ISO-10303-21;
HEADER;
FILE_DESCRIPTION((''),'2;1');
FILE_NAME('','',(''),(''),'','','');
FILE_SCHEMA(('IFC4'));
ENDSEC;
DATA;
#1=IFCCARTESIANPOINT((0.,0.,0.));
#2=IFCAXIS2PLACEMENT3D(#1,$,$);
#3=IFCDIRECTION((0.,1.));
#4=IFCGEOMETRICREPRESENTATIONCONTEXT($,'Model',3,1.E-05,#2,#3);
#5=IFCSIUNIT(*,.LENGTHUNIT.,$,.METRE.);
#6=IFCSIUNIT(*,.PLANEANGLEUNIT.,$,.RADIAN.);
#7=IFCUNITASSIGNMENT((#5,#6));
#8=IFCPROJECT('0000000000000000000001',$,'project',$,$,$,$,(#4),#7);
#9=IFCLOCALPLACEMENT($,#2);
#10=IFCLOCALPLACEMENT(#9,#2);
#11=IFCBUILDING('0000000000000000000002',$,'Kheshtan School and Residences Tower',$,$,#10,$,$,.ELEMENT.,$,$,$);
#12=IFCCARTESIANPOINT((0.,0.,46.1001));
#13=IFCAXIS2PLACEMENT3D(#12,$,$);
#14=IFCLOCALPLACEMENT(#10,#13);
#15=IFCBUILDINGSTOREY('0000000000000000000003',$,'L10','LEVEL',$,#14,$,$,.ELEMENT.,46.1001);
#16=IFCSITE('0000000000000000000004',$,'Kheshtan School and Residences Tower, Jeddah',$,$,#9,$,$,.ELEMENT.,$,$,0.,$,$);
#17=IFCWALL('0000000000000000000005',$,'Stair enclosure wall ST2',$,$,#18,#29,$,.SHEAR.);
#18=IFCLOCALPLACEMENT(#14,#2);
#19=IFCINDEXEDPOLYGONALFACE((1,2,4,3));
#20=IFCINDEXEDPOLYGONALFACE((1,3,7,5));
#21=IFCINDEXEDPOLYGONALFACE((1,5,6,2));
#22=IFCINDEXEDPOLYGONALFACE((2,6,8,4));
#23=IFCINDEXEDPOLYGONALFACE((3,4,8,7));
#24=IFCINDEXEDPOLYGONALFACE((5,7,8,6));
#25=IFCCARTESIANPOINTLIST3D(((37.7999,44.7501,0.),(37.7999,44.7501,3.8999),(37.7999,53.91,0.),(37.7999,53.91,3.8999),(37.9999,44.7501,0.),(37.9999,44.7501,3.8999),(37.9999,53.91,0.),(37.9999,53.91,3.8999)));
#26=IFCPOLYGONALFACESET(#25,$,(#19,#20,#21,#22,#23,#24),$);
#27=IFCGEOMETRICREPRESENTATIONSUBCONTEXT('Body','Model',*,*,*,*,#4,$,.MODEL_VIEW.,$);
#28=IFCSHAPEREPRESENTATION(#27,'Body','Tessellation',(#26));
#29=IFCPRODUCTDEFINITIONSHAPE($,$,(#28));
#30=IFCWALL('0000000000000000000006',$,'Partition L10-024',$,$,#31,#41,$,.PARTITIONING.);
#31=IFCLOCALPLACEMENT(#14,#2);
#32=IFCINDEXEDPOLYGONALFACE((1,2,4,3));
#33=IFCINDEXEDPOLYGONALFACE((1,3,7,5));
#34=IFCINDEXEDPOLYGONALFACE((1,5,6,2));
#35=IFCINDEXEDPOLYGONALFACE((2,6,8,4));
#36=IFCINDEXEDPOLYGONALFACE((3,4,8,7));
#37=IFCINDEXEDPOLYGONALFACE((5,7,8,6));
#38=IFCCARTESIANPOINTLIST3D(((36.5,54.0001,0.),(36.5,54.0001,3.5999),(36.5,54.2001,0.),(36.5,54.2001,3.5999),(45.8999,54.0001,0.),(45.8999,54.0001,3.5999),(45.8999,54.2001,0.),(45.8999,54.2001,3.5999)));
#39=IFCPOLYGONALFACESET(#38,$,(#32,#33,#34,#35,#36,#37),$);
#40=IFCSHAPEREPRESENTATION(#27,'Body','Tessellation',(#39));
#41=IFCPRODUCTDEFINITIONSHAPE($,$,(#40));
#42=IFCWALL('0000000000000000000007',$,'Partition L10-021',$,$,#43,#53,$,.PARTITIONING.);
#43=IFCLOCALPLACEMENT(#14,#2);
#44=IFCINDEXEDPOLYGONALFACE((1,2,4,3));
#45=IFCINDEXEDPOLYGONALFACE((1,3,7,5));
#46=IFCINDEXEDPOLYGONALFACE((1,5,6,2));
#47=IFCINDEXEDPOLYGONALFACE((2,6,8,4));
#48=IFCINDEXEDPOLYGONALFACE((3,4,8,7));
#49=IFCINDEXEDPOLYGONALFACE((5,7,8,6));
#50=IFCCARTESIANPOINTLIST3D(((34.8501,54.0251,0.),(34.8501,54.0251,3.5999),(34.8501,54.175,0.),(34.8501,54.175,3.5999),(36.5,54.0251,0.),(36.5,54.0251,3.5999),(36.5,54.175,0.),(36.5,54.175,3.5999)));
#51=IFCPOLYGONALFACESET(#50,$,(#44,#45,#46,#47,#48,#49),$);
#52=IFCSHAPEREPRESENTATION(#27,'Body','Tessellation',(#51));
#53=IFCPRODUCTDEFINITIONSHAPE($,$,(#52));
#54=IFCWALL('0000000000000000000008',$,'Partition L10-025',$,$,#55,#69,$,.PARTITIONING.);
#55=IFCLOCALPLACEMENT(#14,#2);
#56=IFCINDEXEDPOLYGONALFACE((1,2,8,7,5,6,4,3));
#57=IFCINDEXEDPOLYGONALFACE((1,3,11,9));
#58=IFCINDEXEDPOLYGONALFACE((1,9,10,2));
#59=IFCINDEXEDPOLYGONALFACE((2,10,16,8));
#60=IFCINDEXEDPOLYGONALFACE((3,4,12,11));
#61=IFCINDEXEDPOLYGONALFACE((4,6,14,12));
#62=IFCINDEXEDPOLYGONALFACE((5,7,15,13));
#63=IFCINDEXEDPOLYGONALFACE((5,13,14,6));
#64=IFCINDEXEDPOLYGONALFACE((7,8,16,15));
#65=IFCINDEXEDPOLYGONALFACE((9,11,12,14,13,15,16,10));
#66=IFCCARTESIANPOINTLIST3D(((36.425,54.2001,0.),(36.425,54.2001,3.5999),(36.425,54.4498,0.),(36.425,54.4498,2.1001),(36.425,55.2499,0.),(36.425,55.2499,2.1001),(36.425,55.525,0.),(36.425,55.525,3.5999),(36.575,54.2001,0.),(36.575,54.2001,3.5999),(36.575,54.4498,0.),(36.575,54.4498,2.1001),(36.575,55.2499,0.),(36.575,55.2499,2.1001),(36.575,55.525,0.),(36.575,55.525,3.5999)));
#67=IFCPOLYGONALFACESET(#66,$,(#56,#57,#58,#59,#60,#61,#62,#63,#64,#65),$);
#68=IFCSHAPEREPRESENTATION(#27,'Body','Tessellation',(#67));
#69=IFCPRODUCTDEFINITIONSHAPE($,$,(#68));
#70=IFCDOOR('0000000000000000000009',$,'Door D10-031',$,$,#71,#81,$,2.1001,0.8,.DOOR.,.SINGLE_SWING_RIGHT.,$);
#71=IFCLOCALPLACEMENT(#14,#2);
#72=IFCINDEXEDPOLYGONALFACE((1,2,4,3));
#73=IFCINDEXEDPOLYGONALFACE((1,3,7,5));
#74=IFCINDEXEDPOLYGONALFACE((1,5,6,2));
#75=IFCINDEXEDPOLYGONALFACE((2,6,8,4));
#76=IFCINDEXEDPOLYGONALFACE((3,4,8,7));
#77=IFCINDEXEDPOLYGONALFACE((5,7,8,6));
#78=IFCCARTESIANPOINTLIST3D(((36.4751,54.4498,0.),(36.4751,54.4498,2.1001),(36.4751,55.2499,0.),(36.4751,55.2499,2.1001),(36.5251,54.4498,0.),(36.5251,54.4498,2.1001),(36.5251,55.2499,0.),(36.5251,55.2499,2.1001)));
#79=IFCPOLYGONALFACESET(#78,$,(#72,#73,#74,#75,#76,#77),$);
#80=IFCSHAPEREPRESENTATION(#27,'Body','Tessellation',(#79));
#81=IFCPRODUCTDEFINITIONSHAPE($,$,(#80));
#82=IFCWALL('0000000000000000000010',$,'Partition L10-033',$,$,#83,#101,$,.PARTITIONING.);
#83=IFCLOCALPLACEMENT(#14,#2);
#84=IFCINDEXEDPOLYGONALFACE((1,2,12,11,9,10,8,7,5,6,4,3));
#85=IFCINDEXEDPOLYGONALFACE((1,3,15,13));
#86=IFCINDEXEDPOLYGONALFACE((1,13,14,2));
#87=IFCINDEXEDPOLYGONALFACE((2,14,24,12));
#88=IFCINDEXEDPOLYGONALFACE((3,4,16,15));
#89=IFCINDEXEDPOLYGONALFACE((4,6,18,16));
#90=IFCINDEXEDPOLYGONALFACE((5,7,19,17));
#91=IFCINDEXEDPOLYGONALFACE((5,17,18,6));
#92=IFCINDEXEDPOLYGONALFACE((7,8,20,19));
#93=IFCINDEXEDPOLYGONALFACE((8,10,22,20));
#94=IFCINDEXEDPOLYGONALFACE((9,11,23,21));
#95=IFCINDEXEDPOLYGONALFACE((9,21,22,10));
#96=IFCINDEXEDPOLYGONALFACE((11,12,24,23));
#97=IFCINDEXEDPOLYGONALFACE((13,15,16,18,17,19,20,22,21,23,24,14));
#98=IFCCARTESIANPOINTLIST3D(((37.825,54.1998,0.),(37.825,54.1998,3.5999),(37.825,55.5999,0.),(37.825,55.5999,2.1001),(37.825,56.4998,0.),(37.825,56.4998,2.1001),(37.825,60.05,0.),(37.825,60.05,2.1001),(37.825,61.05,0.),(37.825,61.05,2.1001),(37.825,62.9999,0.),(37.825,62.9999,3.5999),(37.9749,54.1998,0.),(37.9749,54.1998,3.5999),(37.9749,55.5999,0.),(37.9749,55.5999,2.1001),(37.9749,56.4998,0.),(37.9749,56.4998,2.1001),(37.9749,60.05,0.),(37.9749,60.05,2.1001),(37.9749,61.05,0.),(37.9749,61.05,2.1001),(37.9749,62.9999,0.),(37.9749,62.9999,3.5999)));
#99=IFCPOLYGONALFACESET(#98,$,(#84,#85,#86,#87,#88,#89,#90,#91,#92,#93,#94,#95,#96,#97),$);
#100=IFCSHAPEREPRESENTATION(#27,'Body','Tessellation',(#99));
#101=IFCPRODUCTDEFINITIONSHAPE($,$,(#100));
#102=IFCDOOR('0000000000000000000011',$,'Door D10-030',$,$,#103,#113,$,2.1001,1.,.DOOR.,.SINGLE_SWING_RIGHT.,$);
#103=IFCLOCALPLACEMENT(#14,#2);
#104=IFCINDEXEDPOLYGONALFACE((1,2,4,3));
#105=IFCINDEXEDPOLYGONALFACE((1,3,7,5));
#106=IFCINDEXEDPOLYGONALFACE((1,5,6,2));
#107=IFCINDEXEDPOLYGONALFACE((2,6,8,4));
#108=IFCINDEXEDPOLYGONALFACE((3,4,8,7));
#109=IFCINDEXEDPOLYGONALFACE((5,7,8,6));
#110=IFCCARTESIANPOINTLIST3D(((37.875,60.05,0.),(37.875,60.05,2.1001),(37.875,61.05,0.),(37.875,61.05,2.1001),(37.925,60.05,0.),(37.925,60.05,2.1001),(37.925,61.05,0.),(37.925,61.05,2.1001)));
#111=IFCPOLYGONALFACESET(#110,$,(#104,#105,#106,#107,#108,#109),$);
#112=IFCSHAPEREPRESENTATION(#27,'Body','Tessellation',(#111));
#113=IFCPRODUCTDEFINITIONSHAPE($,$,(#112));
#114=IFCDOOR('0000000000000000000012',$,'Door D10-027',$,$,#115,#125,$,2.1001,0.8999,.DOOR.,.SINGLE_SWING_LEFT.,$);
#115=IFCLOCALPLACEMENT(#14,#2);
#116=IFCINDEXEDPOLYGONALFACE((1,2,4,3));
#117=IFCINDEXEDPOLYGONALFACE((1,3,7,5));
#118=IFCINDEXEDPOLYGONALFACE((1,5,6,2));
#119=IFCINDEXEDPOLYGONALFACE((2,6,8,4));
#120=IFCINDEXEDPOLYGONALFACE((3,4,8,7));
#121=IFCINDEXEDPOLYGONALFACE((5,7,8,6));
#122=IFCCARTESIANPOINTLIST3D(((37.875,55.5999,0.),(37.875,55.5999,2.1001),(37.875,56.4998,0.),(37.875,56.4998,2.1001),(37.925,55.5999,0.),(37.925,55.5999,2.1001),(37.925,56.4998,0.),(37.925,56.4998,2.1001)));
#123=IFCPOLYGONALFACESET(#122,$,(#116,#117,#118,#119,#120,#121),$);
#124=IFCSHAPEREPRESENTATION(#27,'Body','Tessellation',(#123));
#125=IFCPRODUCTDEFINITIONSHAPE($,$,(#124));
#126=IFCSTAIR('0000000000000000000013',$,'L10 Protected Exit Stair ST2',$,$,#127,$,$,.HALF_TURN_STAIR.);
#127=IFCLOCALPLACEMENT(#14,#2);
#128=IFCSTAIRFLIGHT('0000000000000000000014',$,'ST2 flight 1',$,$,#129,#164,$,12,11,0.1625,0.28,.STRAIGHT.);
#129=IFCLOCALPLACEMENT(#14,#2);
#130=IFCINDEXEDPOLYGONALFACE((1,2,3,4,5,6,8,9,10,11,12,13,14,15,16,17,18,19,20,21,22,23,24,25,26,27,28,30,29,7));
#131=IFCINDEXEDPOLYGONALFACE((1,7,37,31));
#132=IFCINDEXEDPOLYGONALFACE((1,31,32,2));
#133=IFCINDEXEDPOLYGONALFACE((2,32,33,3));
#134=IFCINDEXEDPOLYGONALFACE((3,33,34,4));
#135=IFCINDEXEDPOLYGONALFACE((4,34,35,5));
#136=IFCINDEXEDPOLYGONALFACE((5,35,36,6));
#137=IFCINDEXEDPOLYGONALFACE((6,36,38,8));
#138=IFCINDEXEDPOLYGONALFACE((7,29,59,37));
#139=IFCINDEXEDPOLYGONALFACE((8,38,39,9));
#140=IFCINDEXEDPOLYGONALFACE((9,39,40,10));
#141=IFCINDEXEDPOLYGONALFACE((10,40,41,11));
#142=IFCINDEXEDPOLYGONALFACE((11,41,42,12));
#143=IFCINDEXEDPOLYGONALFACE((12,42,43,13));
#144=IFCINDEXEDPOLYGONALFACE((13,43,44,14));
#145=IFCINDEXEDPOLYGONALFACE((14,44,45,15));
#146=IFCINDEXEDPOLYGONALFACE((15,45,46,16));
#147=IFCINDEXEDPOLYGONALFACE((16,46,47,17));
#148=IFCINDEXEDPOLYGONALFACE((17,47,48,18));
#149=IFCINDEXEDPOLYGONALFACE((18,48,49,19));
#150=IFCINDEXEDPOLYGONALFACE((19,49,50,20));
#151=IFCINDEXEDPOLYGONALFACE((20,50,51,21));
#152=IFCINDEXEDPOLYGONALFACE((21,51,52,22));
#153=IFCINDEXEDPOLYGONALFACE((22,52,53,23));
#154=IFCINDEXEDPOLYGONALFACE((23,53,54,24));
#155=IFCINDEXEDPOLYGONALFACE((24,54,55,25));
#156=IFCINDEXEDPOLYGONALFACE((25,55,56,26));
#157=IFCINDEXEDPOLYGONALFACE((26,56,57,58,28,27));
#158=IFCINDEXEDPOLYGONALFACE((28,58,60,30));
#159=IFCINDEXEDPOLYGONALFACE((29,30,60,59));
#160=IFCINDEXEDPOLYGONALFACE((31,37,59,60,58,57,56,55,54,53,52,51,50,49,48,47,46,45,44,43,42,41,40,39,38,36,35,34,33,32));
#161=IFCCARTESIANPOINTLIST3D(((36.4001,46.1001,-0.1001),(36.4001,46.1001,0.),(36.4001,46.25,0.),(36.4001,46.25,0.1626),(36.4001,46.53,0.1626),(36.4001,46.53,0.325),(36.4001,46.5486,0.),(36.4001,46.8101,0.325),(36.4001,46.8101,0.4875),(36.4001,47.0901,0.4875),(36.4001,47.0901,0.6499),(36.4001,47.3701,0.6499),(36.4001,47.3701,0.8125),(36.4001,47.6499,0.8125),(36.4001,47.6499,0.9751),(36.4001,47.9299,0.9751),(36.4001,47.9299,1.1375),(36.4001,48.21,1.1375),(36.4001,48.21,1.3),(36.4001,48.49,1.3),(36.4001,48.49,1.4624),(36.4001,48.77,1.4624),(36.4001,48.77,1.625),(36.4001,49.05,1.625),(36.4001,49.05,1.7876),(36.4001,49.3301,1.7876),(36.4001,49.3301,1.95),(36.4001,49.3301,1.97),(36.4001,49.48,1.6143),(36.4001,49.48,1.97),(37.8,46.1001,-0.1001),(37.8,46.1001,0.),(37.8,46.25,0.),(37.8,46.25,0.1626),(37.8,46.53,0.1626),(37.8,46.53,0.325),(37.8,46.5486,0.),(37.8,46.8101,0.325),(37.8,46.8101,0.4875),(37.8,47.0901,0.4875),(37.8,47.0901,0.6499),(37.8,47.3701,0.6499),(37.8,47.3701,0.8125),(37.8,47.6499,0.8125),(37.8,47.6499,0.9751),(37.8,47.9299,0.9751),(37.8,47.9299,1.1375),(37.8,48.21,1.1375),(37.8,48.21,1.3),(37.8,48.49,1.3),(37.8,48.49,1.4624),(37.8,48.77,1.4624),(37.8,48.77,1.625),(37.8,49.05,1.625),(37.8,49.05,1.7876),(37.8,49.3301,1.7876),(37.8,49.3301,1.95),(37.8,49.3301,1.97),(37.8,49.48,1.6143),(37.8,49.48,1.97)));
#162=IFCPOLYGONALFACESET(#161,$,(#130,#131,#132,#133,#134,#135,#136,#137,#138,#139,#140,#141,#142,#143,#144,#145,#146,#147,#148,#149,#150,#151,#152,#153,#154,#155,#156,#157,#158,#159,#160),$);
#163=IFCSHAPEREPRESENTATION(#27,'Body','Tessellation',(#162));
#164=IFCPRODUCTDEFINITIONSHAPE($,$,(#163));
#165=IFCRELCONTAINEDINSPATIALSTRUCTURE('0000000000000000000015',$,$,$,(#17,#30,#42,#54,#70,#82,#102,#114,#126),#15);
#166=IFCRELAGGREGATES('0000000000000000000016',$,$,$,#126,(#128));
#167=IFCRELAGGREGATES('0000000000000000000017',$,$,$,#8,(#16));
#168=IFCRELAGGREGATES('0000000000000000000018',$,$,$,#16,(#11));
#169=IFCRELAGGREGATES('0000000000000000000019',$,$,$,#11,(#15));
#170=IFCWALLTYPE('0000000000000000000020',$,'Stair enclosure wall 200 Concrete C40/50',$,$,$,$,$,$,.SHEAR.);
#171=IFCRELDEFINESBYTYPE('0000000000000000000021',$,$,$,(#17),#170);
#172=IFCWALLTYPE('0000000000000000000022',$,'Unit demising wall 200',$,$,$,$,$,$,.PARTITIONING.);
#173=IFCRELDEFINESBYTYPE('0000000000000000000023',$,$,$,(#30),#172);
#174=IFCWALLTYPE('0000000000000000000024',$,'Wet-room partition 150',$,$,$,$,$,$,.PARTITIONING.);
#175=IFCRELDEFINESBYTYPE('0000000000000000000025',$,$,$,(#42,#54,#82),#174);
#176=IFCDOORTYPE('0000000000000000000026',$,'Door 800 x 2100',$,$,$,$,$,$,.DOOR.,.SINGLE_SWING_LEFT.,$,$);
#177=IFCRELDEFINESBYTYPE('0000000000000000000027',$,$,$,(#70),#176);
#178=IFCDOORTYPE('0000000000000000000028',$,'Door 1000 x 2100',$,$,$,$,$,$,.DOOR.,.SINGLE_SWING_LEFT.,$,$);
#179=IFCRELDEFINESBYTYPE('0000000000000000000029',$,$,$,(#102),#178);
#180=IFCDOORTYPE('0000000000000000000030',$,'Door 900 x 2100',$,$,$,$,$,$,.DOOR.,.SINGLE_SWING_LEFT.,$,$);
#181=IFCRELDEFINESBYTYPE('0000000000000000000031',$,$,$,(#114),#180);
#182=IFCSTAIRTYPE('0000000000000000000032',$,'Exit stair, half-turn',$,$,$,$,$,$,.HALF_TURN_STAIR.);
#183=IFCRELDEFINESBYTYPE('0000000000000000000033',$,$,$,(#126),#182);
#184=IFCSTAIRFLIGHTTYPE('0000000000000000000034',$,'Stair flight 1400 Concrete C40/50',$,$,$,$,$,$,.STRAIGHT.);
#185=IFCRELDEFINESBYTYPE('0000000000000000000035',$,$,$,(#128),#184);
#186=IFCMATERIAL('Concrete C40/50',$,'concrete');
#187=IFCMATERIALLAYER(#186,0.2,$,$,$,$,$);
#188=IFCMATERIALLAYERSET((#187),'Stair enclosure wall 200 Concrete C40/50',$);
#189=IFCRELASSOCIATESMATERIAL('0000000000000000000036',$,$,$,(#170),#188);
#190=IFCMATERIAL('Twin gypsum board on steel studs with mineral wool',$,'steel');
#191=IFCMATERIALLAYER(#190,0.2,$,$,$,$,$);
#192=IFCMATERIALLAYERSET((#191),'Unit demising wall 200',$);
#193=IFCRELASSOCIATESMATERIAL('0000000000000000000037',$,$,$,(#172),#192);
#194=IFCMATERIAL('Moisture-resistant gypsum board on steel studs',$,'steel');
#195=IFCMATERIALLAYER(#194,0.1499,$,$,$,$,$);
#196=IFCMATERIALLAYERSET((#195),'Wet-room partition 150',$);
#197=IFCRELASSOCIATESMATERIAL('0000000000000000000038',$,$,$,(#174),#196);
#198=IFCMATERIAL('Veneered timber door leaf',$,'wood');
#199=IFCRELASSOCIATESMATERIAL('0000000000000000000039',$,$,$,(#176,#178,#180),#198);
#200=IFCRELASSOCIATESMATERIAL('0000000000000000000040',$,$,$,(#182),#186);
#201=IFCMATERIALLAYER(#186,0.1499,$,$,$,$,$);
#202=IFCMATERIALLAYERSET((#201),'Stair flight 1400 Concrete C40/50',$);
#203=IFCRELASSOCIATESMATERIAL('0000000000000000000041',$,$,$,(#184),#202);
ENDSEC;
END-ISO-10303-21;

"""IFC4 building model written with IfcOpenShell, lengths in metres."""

from ifc_helpers import new_model, si_unit, direction, frame, frame_2d, origin, place, context, subcontext, project, spatial, polyline, rectangle, outline, extrude, source, transform, mapped, material, layer, layer_set, type_object, element, fill, aggregate, save


model = new_model("IFC4")

# Units and contexts
model_context = context("Model", 3, precision=1e-05, world=origin(), true_north=direction((0.0, 1.0)))
body_context = subcontext(model_context, "Body", "Model", "MODEL_VIEW")
ifc_project = project(units=[si_unit("LENGTHUNIT", "METRE"), si_unit("PLANEANGLEUNIT", "RADIAN")], contexts=[model_context])

# Site, building, storey
site_placement = place(None, origin())
site = spatial("IfcSite", under=ifc_project, at=site_placement, Name="Kheshtan School and Residences Tower, Jeddah", CompositionType="ELEMENT", RefElevation=0.0)
building_placement = place(site_placement, origin())
building = spatial("IfcBuilding", under=site, at=building_placement, Name="Kheshtan School and Residences Tower", CompositionType="ELEMENT")
storey_placement = place(building_placement, frame((0.0, 0.0, 46.1001)))
storey = spatial("IfcBuildingStorey", under=building, at=storey_placement, Name="L10", Description="LEVEL", CompositionType="ELEMENT", Elevation=46.1001)

# Walls
ifc_material_1 = material(Name="Concrete C40/50", Category="concrete")
ifc_layer_1 = layer(ifc_material_1, 0.2)
ifc_layer_set_1 = layer_set([ifc_layer_1], Name="Stair enclosure wall 200 Concrete C40/50")
wall_type_1 = type_object("IfcWallType", Name="Stair enclosure wall 200 Concrete C40/50", PredefinedType="SHEAR", material=ifc_layer_set_1)
wall_1_placement = place(storey_placement, frame((37.8999, 44.75, 0.0), z_axis=(0.0, 0.0, 1.0), x_axis=(0.0, 1.0, 0.0)))
element("IfcWall", 1, at=wall_1_placement, inside=storey, type_object=wall_type_1, Name="Stair enclosure wall ST2", PredefinedType="SHEAR", context=body_context, shape_type="SweptSolid", body=[
    extrude(rectangle(XDim=9.1599, YDim=0.2, at=frame_2d((4.5801, 0.0))), origin(), (0.0, 0.0, 1.0), 3.8999),
])
ifc_material_2 = material(Name="Twin gypsum board on steel studs with mineral wool", Category="steel")
ifc_layer_2 = layer(ifc_material_2, 0.2)
ifc_layer_set_2 = layer_set([ifc_layer_2], Name="Unit demising wall 200")
wall_type_2 = type_object("IfcWallType", Name="Unit demising wall 200", PredefinedType="PARTITIONING", material=ifc_layer_set_2)
wall_2_placement = place(storey_placement, frame((36.5, 54.1001, 0.0), z_axis=(0.0, 0.0, 1.0), x_axis=(1.0, 0.0, 0.0)))
element("IfcWall", 2, at=wall_2_placement, inside=storey, type_object=wall_type_2, Name="Partition L10-024", PredefinedType="PARTITIONING", context=body_context, shape_type="SweptSolid", body=[
    extrude(rectangle(XDim=9.3999, YDim=0.2, at=frame_2d((4.7, 0.0))), origin(), (0.0, 0.0, 1.0), 3.5999),
])
ifc_material_3 = material(Name="Moisture-resistant gypsum board on steel studs", Category="steel")
ifc_layer_3 = layer(ifc_material_3, 0.1499)
ifc_layer_set_3 = layer_set([ifc_layer_3], Name="Wet-room partition 150")
wall_type_3 = type_object("IfcWallType", Name="Wet-room partition 150", PredefinedType="PARTITIONING", material=ifc_layer_set_3)
wall_3_placement = place(storey_placement, frame((34.8501, 54.1001, 0.0), z_axis=(0.0, 0.0, 1.0), x_axis=(1.0, 0.0, 0.0)))
element("IfcWall", 3, at=wall_3_placement, inside=storey, type_object=wall_type_3, Name="Partition L10-021", PredefinedType="PARTITIONING", context=body_context, shape_type="SweptSolid", body=[
    extrude(rectangle(XDim=1.6499, YDim=0.1499, at=frame_2d((0.825, 0.0))), origin(), (0.0, 0.0, 1.0), 3.5999),
])

# Wall, opening, door
wall_4_placement = place(storey_placement, frame((36.5, 54.2, 0.0), z_axis=(0.0, 0.0, 1.0), x_axis=(0.0, 1.0, 0.0)))
wall_4 = element("IfcWall", 4, at=wall_4_placement, inside=storey, type_object=wall_type_3, Name="Partition L10-025", PredefinedType="PARTITIONING", context=body_context, shape_type="SweptSolid", body=[
    extrude(rectangle(XDim=1.325, YDim=0.1499, at=frame_2d((0.6626, 0.0))), origin(), (0.0, 0.0, 1.0), 3.5999),
])
opening_1_placement = place(wall_4_placement, frame((0.25, 0.0, 0.0)))
opening_1 = element("IfcOpeningElement", 5, at=opening_1_placement, cuts=wall_4, PredefinedType="OPENING", context=body_context, shape_type="SweptSolid", body=[
    extrude(rectangle(XDim=0.8, YDim=2.1001, at=frame_2d((0.3999, 1.05))), frame((0.0, 0.085, 0.0), z_axis=(0.0, -1.0, 0.0), x_axis=(1.0, 0.0, 0.0)), (0.0, 0.0, 1.0), 0.1699),
])
ifc_material_4 = material(Name="Veneered timber door leaf", Category="wood")
door_type_1 = type_object("IfcDoorType", Name="Door 800 x 2100", OperationType="SINGLE_SWING_LEFT", PredefinedType="DOOR", material=ifc_material_4)
shared_shape_1 = source(origin(), body_context, "Body", "SweptSolid", [
    extrude(rectangle(XDim=0.8, YDim=2.1001, at=frame_2d((0.3999, 1.05))), frame((0.0, 0.0249, 0.0), z_axis=(0.0, -1.0, 0.0), x_axis=(1.0, 0.0, 0.0)), (0.0, 0.0, 1.0), 0.05),
])
door_1_placement = place(opening_1_placement, origin())
door_1 = element("IfcDoor", 6, at=door_1_placement, inside=storey, type_object=door_type_1, Name="Door D10-031", OperationType="SINGLE_SWING_RIGHT", OverallHeight=2.1001, OverallWidth=0.8, PredefinedType="DOOR", context=body_context, shape_type="MappedRepresentation", body=[
    mapped(shared_shape_1, transform((0.0, 0.0, 0.0), x_axis=(1.0, 0.0, 0.0), y_axis=(0.0, 1.0, 0.0), z_axis=(0.0, 0.0, 1.0), scale=1.0)),
])
fill(opening_1, door_1)

# Wall, openings, doors
wall_5_placement = place(storey_placement, frame((37.8999, 54.2, 0.0), z_axis=(0.0, 0.0, 1.0), x_axis=(0.0, 1.0, 0.0)))
wall_5 = element("IfcWall", 7, at=wall_5_placement, inside=storey, type_object=wall_type_3, Name="Partition L10-033", PredefinedType="PARTITIONING", context=body_context, shape_type="SweptSolid", body=[
    extrude(rectangle(XDim=8.8, YDim=0.1499, at=frame_2d((4.3999, 0.0))), origin(), (0.0, 0.0, 1.0), 3.5999),
])
opening_2_placement = place(wall_5_placement, frame((1.3999, 0.0, 0.0)))
opening_2 = element("IfcOpeningElement", 8, at=opening_2_placement, cuts=wall_5, PredefinedType="OPENING", context=body_context, shape_type="SweptSolid", body=[
    extrude(rectangle(XDim=0.8999, YDim=2.1001, at=frame_2d((0.45, 1.05))), frame((0.0, 0.085, 0.0), z_axis=(0.0, -1.0, 0.0), x_axis=(1.0, 0.0, 0.0)), (0.0, 0.0, 1.0), 0.1699),
])
opening_3_placement = place(wall_5_placement, frame((5.8501, 0.0, 0.0)))
opening_3 = element("IfcOpeningElement", 9, at=opening_3_placement, cuts=wall_5, PredefinedType="OPENING", context=body_context, shape_type="SweptSolid", body=[
    extrude(rectangle(XDim=1.0, YDim=2.1001, at=frame_2d((0.5, 1.05))), frame((0.0, 0.085, 0.0), z_axis=(0.0, -1.0, 0.0), x_axis=(1.0, 0.0, 0.0)), (0.0, 0.0, 1.0), 0.1699),
])
door_type_2 = type_object("IfcDoorType", Name="Door 1000 x 2100", OperationType="SINGLE_SWING_LEFT", PredefinedType="DOOR", material=ifc_material_4)
shared_shape_2 = source(origin(), body_context, "Body", "SweptSolid", [
    extrude(rectangle(XDim=1.0, YDim=2.1001, at=frame_2d((0.5, 1.05))), frame((0.0, 0.0249, 0.0), z_axis=(0.0, -1.0, 0.0), x_axis=(1.0, 0.0, 0.0)), (0.0, 0.0, 1.0), 0.05),
])
door_2_placement = place(opening_3_placement, origin())
door_2 = element("IfcDoor", 10, at=door_2_placement, inside=storey, type_object=door_type_2, Name="Door D10-030", OperationType="SINGLE_SWING_RIGHT", OverallHeight=2.1001, OverallWidth=1.0, PredefinedType="DOOR", context=body_context, shape_type="MappedRepresentation", body=[
    mapped(shared_shape_2, transform((0.0, 0.0, 0.0), x_axis=(1.0, 0.0, 0.0), y_axis=(0.0, 1.0, 0.0), z_axis=(0.0, 0.0, 1.0), scale=1.0)),
])
fill(opening_3, door_2)
door_type_3 = type_object("IfcDoorType", Name="Door 900 x 2100", OperationType="SINGLE_SWING_LEFT", PredefinedType="DOOR", material=ifc_material_4)
shared_shape_3 = source(origin(), body_context, "Body", "SweptSolid", [
    extrude(rectangle(XDim=0.8999, YDim=2.1001, at=frame_2d((0.45, 1.05))), frame((0.0, 0.0249, 0.0), z_axis=(0.0, -1.0, 0.0), x_axis=(1.0, 0.0, 0.0)), (0.0, 0.0, 1.0), 0.05),
])
door_3_placement = place(opening_2_placement, origin())
door_3 = element("IfcDoor", 11, at=door_3_placement, inside=storey, type_object=door_type_3, Name="Door D10-027", OperationType="SINGLE_SWING_LEFT", OverallHeight=2.1001, OverallWidth=0.8999, PredefinedType="DOOR", context=body_context, shape_type="MappedRepresentation", body=[
    mapped(shared_shape_3, transform((0.0, 0.0, 0.0), x_axis=(1.0, 0.0, 0.0), y_axis=(0.0, 1.0, 0.0), z_axis=(0.0, 0.0, 1.0), scale=1.0)),
])
fill(opening_2, door_3)

# Stair, stair flight
stair_type = type_object("IfcStairType", Name="Exit stair, half-turn", PredefinedType="HALF_TURN_STAIR", material=ifc_material_1)
stair_placement = place(storey_placement, origin())
stair = element("IfcStair", 12, at=stair_placement, inside=storey, type_object=stair_type, Name="L10 Protected Exit Stair ST2", PredefinedType="HALF_TURN_STAIR")
ifc_layer_4 = layer(ifc_material_1, 0.1499)
ifc_layer_set_4 = layer_set([ifc_layer_4], Name="Stair flight 1400 Concrete C40/50")
stair_flight_type = type_object("IfcStairFlightType", Name="Stair flight 1400 Concrete C40/50", PredefinedType="STRAIGHT", material=ifc_layer_set_4)
stair_flight_1_placement = place(storey_placement, frame((37.1001, 46.25, 0.0), z_axis=(0.0, 0.0, 1.0), x_axis=(0.0, 1.0, 0.0)))
stair_flight_1 = element("IfcStairFlight", 13, at=stair_flight_1_placement, type_object=stair_flight_type, Name="ST2 flight 1", NumberOfRisers=12, NumberOfTreads=11, PredefinedType="STRAIGHT", RiserHeight=0.1625, TreadLength=0.28, context=body_context, shape_type="SweptSolid", body=[
    extrude(outline(polyline([(-0.1499, -0.1001), (-0.1499, 0.0), (0.0, 0.0), (0.0, 0.1626), (0.28, 0.1626), (0.28, 0.325), (0.5601, 0.325), (0.5601, 0.4875), (0.8401, 0.4875), (0.8401, 0.6499), (1.1201, 0.6499), (1.1201, 0.8125), (1.3999, 0.8125), (1.3999, 0.9751), (1.6799, 0.9751), (1.6799, 1.1375), (1.96, 1.1375), (1.96, 1.3), (2.24, 1.3), (2.24, 1.4624), (2.52, 1.4624), (2.52, 1.625), (2.8, 1.625), (2.8, 1.7876), (3.0801, 1.7876), (3.0801, 1.95), (3.0801, 1.97), (3.23, 1.97), (3.23, 1.6143), (0.2986, 0.0), (-0.1499, -0.1001)])), frame((0.0, 0.7, 0.0), z_axis=(0.0, -1.0, 0.0), x_axis=(1.0, 0.0, 0.0)), (0.0, 0.0, 1.0), 1.3999),
])
aggregate(stair, [stair_flight_1])

save(model, "model.ifc")
